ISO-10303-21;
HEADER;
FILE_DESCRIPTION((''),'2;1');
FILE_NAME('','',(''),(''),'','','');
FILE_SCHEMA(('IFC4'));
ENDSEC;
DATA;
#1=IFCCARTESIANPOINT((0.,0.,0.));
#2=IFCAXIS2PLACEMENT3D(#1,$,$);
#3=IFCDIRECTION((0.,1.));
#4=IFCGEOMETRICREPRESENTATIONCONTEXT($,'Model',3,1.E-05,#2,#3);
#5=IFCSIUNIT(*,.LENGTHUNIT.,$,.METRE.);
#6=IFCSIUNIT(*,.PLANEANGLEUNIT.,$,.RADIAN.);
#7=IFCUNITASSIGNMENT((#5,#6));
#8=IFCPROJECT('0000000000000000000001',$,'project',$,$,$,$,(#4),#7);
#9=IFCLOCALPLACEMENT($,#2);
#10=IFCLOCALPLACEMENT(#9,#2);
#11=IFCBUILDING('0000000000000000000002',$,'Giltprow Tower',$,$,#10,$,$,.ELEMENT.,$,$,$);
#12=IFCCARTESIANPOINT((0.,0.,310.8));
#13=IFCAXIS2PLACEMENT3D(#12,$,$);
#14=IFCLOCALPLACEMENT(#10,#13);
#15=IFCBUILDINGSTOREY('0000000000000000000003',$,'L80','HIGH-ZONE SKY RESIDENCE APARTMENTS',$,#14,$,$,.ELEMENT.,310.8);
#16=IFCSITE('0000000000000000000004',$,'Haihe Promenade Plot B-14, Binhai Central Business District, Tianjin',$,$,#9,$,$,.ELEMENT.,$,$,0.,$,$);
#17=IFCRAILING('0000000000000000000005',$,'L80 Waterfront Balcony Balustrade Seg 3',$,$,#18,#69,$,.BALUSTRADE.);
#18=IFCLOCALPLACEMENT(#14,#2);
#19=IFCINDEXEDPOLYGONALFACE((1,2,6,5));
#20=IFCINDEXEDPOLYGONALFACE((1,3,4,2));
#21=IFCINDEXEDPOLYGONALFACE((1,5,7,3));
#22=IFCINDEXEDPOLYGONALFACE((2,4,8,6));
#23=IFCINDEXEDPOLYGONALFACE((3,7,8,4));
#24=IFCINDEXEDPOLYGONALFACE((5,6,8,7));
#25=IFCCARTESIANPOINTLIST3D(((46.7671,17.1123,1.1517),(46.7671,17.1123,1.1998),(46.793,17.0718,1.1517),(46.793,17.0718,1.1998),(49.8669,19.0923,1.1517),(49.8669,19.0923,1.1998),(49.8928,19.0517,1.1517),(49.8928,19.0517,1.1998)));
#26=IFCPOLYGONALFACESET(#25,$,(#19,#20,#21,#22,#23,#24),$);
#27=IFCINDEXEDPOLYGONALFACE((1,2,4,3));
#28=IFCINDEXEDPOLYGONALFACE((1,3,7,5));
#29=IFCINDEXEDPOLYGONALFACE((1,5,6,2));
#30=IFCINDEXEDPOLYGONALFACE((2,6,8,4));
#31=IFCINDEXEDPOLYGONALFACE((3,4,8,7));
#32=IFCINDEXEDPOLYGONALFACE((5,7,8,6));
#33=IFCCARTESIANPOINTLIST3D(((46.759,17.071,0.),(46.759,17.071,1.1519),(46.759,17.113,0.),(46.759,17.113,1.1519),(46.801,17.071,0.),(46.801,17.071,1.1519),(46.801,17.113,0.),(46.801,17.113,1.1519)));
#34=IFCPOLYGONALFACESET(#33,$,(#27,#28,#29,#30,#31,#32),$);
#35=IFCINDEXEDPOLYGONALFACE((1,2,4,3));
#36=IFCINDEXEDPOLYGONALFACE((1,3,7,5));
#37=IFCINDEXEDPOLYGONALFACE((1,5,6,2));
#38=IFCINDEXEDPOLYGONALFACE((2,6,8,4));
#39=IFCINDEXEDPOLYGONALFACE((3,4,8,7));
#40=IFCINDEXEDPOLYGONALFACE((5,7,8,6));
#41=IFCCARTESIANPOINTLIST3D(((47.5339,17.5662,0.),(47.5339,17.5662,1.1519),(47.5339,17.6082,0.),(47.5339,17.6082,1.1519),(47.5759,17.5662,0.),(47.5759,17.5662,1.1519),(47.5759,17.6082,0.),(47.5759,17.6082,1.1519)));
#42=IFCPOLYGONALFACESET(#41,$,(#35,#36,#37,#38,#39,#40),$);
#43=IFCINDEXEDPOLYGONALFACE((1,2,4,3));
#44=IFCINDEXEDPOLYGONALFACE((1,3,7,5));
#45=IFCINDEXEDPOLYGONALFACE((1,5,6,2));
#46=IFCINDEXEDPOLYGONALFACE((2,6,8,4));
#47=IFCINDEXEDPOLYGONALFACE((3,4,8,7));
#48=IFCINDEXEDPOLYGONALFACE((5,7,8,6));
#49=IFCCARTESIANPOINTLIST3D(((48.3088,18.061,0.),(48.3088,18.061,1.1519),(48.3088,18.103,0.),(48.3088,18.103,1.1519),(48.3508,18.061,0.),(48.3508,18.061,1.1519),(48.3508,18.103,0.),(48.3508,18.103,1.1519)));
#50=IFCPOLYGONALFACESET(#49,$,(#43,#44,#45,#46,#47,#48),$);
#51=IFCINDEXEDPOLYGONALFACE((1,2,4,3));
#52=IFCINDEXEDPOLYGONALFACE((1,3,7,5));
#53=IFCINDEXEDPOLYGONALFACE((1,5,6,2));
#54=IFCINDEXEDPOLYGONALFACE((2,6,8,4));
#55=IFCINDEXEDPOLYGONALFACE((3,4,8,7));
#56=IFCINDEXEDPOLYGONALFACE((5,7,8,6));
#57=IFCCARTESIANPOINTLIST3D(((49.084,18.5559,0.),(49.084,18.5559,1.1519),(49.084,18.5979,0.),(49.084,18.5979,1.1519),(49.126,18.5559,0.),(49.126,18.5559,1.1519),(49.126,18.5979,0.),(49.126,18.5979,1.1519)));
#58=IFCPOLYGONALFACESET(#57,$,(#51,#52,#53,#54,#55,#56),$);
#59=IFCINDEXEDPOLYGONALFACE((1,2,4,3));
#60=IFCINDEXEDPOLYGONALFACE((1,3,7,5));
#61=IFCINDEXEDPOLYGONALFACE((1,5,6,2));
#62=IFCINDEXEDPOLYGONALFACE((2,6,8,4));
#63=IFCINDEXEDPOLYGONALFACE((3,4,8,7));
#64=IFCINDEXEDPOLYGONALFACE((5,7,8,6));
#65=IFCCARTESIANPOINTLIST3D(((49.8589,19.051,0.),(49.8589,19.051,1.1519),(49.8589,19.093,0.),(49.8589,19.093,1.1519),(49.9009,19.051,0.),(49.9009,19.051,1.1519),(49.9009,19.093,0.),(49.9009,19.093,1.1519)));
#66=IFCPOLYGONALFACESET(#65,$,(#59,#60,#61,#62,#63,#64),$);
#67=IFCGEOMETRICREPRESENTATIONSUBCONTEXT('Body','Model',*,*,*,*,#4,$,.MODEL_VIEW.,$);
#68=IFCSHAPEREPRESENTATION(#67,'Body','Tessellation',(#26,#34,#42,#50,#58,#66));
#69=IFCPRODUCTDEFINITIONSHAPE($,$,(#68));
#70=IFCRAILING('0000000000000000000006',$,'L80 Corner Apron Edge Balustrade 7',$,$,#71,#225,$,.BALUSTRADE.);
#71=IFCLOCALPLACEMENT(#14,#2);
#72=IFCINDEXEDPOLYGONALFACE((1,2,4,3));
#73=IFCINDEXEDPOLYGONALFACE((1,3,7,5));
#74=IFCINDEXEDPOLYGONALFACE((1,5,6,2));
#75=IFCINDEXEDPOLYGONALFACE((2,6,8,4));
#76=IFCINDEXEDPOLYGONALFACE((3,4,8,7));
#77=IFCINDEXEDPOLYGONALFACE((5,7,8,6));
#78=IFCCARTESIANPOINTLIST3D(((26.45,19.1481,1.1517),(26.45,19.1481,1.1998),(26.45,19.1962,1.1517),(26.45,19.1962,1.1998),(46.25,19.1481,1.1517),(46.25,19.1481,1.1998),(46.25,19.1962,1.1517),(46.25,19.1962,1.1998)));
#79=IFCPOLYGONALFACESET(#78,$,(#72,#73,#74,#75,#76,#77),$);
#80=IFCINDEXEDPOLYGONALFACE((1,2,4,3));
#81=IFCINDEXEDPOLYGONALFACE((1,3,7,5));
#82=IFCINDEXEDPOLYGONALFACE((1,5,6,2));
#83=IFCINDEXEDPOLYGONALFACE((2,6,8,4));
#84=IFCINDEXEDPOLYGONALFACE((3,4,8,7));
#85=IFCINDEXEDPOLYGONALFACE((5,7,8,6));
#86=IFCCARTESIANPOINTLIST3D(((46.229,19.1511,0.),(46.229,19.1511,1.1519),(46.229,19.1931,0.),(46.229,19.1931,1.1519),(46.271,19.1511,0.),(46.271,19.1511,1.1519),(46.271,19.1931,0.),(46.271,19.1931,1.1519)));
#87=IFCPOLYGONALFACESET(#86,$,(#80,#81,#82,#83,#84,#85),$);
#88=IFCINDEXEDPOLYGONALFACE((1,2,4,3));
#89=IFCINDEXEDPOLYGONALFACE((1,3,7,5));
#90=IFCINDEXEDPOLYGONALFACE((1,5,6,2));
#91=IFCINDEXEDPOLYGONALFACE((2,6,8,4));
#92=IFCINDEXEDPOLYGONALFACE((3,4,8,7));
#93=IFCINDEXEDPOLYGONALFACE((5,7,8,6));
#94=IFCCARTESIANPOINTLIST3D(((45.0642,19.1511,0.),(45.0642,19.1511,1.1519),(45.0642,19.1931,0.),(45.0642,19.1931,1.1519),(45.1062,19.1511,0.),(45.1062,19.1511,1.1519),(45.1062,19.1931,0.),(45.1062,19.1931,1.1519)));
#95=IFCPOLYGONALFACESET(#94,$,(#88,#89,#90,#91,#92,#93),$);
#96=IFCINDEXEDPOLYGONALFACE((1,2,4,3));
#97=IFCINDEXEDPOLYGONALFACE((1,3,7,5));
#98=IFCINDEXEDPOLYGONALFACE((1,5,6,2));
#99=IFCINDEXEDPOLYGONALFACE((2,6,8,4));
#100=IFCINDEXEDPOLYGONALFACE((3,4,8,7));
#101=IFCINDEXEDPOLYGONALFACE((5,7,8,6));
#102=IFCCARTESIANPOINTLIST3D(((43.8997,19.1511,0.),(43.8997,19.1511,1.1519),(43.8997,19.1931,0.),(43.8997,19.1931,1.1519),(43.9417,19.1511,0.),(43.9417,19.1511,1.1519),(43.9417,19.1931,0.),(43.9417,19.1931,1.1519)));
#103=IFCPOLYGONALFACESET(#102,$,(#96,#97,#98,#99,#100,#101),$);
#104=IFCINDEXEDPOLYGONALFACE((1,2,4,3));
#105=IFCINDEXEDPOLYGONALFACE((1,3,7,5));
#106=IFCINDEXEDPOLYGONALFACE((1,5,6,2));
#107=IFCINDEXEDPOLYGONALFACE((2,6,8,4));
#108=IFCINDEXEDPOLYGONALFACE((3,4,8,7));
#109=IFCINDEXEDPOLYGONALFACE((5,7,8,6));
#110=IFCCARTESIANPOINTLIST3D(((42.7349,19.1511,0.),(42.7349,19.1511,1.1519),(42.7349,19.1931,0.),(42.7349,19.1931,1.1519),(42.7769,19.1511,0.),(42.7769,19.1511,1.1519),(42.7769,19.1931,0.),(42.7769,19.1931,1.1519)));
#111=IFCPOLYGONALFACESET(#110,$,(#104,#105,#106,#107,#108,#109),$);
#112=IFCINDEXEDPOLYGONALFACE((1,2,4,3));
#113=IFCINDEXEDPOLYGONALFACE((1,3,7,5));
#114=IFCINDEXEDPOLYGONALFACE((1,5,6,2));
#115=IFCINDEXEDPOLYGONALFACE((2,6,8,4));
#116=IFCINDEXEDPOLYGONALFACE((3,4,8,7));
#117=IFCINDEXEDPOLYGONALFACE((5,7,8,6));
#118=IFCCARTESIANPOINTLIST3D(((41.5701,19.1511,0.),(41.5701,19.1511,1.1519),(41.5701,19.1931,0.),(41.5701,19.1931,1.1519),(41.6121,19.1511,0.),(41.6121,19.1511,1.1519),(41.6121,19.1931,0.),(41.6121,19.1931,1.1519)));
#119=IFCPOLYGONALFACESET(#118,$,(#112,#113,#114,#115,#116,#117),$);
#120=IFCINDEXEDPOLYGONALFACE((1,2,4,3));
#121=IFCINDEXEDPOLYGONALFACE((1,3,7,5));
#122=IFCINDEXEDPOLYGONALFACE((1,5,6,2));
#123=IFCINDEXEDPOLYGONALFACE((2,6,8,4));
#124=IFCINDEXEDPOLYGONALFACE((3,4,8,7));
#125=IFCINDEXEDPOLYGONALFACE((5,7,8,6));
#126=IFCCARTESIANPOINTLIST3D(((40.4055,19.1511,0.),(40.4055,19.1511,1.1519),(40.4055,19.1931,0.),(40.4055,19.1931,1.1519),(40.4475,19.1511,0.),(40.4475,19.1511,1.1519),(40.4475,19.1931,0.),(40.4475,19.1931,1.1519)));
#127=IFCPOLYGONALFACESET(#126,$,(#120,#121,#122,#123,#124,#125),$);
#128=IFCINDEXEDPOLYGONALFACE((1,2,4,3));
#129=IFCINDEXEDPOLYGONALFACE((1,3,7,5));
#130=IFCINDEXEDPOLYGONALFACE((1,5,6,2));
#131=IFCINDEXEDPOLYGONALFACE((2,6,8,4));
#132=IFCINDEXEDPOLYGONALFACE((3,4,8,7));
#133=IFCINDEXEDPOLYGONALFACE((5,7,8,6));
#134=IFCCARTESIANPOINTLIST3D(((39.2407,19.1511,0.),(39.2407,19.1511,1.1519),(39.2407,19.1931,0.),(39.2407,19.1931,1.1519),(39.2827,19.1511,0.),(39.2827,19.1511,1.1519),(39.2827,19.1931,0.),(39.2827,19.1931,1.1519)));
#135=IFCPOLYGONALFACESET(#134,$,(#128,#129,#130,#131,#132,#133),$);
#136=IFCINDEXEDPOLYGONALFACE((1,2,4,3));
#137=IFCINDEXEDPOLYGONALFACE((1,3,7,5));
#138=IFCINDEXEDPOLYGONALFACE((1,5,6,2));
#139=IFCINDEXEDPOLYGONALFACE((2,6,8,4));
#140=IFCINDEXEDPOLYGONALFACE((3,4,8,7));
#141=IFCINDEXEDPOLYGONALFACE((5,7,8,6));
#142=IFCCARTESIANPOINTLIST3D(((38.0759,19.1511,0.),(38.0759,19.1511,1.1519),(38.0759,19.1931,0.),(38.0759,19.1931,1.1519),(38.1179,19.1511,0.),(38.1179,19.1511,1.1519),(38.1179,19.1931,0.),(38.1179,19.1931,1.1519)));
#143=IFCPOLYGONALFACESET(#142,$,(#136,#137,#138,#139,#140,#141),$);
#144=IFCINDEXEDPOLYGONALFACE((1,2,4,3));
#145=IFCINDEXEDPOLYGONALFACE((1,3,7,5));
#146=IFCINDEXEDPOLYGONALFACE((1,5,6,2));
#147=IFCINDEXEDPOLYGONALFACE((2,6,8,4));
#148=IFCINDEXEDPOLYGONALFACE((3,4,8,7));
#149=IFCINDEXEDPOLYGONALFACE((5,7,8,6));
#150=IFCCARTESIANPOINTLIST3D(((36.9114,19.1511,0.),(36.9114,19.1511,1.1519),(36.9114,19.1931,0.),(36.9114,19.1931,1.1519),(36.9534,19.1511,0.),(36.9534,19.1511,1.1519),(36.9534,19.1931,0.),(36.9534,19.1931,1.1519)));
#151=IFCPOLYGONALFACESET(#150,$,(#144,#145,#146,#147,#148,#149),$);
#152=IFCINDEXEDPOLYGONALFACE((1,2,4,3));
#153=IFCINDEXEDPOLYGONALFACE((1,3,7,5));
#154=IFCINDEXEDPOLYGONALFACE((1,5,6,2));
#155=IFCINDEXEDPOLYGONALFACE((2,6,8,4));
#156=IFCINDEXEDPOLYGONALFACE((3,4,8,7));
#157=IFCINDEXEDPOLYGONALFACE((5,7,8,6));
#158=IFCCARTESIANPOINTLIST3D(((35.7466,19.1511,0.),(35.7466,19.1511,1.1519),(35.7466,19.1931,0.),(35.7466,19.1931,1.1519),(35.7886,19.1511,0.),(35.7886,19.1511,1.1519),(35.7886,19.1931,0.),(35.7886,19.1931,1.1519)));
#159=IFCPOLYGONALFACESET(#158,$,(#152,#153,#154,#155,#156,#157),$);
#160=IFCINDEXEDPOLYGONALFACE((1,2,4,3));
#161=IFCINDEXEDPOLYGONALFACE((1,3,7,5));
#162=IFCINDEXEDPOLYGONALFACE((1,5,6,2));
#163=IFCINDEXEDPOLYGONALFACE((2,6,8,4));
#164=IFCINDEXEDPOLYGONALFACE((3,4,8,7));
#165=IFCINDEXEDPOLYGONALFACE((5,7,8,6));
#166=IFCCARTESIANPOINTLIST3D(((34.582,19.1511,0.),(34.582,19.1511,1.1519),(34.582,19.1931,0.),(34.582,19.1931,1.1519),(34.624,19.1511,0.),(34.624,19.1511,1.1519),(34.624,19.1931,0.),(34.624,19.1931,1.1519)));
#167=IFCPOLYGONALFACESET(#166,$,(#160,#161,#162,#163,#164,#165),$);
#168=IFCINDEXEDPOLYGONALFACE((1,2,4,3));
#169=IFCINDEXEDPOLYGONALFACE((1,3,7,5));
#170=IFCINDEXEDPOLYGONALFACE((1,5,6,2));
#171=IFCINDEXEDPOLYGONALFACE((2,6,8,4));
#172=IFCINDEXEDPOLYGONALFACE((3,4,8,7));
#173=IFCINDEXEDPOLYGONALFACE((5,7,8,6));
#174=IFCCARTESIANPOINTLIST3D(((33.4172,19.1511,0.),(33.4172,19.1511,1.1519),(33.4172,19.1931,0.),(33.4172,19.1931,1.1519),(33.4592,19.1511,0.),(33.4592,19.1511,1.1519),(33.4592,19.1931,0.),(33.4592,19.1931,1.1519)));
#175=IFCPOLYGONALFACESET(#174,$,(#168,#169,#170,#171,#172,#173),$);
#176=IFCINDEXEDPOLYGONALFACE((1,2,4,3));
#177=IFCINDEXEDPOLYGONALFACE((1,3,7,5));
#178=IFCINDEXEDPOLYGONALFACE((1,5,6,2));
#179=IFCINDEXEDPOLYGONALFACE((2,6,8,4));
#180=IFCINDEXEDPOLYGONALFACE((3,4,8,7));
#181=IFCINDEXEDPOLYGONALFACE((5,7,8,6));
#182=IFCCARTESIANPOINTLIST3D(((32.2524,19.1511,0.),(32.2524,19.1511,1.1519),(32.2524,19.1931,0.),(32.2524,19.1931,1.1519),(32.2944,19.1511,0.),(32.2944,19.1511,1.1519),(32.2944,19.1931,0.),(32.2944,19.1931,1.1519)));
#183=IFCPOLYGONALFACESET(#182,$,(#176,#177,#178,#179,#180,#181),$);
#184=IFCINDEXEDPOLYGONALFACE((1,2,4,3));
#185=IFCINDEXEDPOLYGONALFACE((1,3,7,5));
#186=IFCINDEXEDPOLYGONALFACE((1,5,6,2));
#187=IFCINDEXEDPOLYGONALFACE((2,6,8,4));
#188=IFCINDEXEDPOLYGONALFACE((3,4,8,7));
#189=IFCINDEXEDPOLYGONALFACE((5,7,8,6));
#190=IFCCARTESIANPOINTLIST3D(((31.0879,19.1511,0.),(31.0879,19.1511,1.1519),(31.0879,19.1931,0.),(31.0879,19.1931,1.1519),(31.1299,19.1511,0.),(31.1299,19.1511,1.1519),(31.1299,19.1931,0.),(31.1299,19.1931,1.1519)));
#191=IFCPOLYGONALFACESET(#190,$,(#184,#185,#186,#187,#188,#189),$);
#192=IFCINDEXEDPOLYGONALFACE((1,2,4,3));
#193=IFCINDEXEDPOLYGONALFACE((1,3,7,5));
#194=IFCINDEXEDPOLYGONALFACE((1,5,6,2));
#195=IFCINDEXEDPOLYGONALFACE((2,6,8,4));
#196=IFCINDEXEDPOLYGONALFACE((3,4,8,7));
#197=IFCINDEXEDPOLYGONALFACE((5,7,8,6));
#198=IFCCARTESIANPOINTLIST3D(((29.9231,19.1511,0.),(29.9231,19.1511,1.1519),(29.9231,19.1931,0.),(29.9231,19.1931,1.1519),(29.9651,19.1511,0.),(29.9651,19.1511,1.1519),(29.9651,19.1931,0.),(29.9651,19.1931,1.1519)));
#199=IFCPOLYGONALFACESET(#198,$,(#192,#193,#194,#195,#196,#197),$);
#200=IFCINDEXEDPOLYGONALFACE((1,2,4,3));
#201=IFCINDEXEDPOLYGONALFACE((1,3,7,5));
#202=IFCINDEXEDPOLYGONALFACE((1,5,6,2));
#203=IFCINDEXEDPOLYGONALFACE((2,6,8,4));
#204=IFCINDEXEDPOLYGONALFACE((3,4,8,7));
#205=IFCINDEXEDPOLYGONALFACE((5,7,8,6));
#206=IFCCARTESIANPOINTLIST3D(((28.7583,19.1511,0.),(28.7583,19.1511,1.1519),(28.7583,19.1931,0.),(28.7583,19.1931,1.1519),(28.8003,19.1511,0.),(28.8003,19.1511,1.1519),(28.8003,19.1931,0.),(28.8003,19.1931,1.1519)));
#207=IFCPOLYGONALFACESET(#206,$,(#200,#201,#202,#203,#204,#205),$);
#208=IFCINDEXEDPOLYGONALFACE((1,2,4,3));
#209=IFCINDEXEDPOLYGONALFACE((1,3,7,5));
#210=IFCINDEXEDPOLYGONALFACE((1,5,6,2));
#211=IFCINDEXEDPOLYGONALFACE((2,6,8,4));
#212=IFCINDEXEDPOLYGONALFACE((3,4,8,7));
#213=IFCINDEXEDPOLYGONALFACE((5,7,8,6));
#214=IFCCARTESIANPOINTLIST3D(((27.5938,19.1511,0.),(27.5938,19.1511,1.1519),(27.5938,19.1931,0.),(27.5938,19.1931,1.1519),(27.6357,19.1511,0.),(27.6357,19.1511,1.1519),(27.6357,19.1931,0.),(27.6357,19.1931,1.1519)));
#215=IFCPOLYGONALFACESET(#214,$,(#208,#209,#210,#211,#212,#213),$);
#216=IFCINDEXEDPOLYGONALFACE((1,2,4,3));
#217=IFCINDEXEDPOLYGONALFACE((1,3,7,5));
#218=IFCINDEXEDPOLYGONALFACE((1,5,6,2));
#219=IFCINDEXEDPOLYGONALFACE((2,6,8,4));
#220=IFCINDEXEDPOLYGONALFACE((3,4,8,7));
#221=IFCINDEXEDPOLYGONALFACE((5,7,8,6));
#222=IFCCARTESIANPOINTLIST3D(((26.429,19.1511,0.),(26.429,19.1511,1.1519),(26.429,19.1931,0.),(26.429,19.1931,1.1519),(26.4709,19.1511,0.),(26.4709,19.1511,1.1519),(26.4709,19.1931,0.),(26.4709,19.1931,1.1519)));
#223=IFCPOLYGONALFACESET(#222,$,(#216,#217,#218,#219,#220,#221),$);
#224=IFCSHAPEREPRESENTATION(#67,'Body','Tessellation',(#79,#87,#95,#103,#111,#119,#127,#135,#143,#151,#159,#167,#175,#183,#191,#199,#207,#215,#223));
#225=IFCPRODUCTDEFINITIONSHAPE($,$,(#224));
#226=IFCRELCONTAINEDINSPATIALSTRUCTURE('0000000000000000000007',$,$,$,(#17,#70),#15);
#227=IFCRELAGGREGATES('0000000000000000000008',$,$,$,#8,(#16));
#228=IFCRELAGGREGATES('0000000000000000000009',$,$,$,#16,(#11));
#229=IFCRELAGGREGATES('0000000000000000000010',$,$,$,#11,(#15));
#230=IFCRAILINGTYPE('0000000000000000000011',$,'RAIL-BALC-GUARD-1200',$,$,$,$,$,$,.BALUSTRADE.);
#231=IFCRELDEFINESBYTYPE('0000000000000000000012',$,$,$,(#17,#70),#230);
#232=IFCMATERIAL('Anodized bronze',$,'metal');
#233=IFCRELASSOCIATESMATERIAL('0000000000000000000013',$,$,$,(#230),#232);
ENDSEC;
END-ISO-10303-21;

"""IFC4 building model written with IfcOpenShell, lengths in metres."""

from ifc_helpers import new_model, si_unit, direction, frame, origin, origin_2d, place, context, subcontext, project, spatial, rectangle, extrude, material, type_object, element, save


model = new_model("IFC4")

# Units and contexts
model_context = context("Model", 3, precision=1e-05, world=origin(), true_north=direction((0.0, 1.0)))
body_context = subcontext(model_context, "Body", "Model", "MODEL_VIEW")
ifc_project = project(units=[si_unit("LENGTHUNIT", "METRE"), si_unit("PLANEANGLEUNIT", "RADIAN")], contexts=[model_context])

# Site, building, storey
site_placement = place(None, origin())
site = spatial("IfcSite", under=ifc_project, at=site_placement, Name="Haihe Promenade Plot B-14, Binhai Central Business District, Tianjin", CompositionType="ELEMENT", RefElevation=0.0)
building_placement = place(site_placement, origin())
building = spatial("IfcBuilding", under=site, at=building_placement, Name="Giltprow Tower", CompositionType="ELEMENT")
storey_placement = place(building_placement, frame((0.0, 0.0, 310.8)))
storey = spatial("IfcBuildingStorey", under=building, at=storey_placement, Name="L80", Description="HIGH-ZONE SKY RESIDENCE APARTMENTS", CompositionType="ELEMENT", Elevation=310.8)

# Shared definitions
ifc_material_1 = material(Name="Anodized bronze", Category="metal")

# Railings
railing_type = type_object("IfcRailingType", Name="RAIL-BALC-GUARD-1200", PredefinedType="BALUSTRADE", material=ifc_material_1)
railing_1_placement = place(storey_placement, frame((46.78, 17.092, 0.0)))
element("IfcRailing", 1, at=railing_1_placement, inside=storey, type_object=railing_type, Name="L80 Waterfront Balcony Balustrade Seg 3", PredefinedType="BALUSTRADE", context=body_context, shape_type="SweptSolid", body=[
    extrude(rectangle(XDim=0.0481, YDim=0.0481, at=origin_2d()), frame((0.0, 0.0, 1.1758), z_axis=(0.842756, 0.538296, 0.0), x_axis=(-0.538296, 0.842756, 0.0)), (0.0, 0.0, 1.0), 3.6782),
    extrude(rectangle(XDim=0.042, YDim=0.042, at=origin_2d()), origin(), (0.0, 0.0, 1.0), 1.1519),
    extrude(rectangle(XDim=0.042, YDim=0.042, at=origin_2d()), frame((0.7749, 0.4951, 0.0)), (0.0, 0.0, 1.0), 1.1519),
    extrude(rectangle(XDim=0.042, YDim=0.042, at=origin_2d()), frame((1.5498, 0.99, 0.0)), (0.0, 0.0, 1.0), 1.1519),
    extrude(rectangle(XDim=0.042, YDim=0.042, at=origin_2d()), frame((2.325, 1.4849, 0.0)), (0.0, 0.0, 1.0), 1.1519),
    extrude(rectangle(XDim=0.042, YDim=0.042, at=origin_2d()), frame((3.0999, 1.98, 0.0)), (0.0, 0.0, 1.0), 1.1519),
])
railing_2_placement = place(storey_placement, frame((46.25, 19.1721, 0.0)))
element("IfcRailing", 2, at=railing_2_placement, inside=storey, type_object=railing_type, Name="L80 Corner Apron Edge Balustrade 7", PredefinedType="BALUSTRADE", context=body_context, shape_type="SweptSolid", body=[
    extrude(rectangle(XDim=0.0481, YDim=0.0481, at=origin_2d()), frame((0.0, 0.0, 1.1758), z_axis=(-1.0, 0.0, 0.0), x_axis=(0.0, -1.0, 0.0)), (0.0, 0.0, 1.0), 19.8),
    extrude(rectangle(XDim=0.042, YDim=0.042, at=origin_2d()), origin(), (0.0, 0.0, 1.0), 1.1519),
    extrude(rectangle(XDim=0.042, YDim=0.042, at=origin_2d()), frame((-1.1648, 0.0, 0.0)), (0.0, 0.0, 1.0), 1.1519),
    extrude(rectangle(XDim=0.042, YDim=0.042, at=origin_2d()), frame((-2.3293, 0.0, 0.0)), (0.0, 0.0, 1.0), 1.1519),
    extrude(rectangle(XDim=0.042, YDim=0.042, at=origin_2d()), frame((-3.4941, 0.0, 0.0)), (0.0, 0.0, 1.0), 1.1519),
    extrude(rectangle(XDim=0.042, YDim=0.042, at=origin_2d()), frame((-4.6589, 0.0, 0.0)), (0.0, 0.0, 1.0), 1.1519),
    extrude(rectangle(XDim=0.042, YDim=0.042, at=origin_2d()), frame((-5.8235, 0.0, 0.0)), (0.0, 0.0, 1.0), 1.1519),
    extrude(rectangle(XDim=0.042, YDim=0.042, at=origin_2d()), frame((-6.9883, 0.0, 0.0)), (0.0, 0.0, 1.0), 1.1519),
    extrude(rectangle(XDim=0.042, YDim=0.042, at=origin_2d()), frame((-8.1531, 0.0, 0.0)), (0.0, 0.0, 1.0), 1.1519),
    extrude(rectangle(XDim=0.042, YDim=0.042, at=origin_2d()), frame((-9.3176, 0.0, 0.0)), (0.0, 0.0, 1.0), 1.1519),
    extrude(rectangle(XDim=0.042, YDim=0.042, at=origin_2d()), frame((-10.4824, 0.0, 0.0)), (0.0, 0.0, 1.0), 1.1519),
    extrude(rectangle(XDim=0.042, YDim=0.042, at=origin_2d()), frame((-11.647, 0.0, 0.0)), (0.0, 0.0, 1.0), 1.1519),
    extrude(rectangle(XDim=0.042, YDim=0.042, at=origin_2d()), frame((-12.8118, 0.0, 0.0)), (0.0, 0.0, 1.0), 1.1519),
    extrude(rectangle(XDim=0.042, YDim=0.042, at=origin_2d()), frame((-13.9766, 0.0, 0.0)), (0.0, 0.0, 1.0), 1.1519),
    extrude(rectangle(XDim=0.042, YDim=0.042, at=origin_2d()), frame((-15.1411, 0.0, 0.0)), (0.0, 0.0, 1.0), 1.1519),
    extrude(rectangle(XDim=0.042, YDim=0.042, at=origin_2d()), frame((-16.3059, 0.0, 0.0)), (0.0, 0.0, 1.0), 1.1519),
    extrude(rectangle(XDim=0.042, YDim=0.042, at=origin_2d()), frame((-17.4707, 0.0, 0.0)), (0.0, 0.0, 1.0), 1.1519),
    extrude(rectangle(XDim=0.042, YDim=0.042, at=origin_2d()), frame((-18.6353, 0.0, 0.0)), (0.0, 0.0, 1.0), 1.1519),
    extrude(rectangle(XDim=0.042, YDim=0.042, at=origin_2d()), frame((-19.8, 0.0, 0.0)), (0.0, 0.0, 1.0), 1.1519),
])

save(model, "model.ifc")
